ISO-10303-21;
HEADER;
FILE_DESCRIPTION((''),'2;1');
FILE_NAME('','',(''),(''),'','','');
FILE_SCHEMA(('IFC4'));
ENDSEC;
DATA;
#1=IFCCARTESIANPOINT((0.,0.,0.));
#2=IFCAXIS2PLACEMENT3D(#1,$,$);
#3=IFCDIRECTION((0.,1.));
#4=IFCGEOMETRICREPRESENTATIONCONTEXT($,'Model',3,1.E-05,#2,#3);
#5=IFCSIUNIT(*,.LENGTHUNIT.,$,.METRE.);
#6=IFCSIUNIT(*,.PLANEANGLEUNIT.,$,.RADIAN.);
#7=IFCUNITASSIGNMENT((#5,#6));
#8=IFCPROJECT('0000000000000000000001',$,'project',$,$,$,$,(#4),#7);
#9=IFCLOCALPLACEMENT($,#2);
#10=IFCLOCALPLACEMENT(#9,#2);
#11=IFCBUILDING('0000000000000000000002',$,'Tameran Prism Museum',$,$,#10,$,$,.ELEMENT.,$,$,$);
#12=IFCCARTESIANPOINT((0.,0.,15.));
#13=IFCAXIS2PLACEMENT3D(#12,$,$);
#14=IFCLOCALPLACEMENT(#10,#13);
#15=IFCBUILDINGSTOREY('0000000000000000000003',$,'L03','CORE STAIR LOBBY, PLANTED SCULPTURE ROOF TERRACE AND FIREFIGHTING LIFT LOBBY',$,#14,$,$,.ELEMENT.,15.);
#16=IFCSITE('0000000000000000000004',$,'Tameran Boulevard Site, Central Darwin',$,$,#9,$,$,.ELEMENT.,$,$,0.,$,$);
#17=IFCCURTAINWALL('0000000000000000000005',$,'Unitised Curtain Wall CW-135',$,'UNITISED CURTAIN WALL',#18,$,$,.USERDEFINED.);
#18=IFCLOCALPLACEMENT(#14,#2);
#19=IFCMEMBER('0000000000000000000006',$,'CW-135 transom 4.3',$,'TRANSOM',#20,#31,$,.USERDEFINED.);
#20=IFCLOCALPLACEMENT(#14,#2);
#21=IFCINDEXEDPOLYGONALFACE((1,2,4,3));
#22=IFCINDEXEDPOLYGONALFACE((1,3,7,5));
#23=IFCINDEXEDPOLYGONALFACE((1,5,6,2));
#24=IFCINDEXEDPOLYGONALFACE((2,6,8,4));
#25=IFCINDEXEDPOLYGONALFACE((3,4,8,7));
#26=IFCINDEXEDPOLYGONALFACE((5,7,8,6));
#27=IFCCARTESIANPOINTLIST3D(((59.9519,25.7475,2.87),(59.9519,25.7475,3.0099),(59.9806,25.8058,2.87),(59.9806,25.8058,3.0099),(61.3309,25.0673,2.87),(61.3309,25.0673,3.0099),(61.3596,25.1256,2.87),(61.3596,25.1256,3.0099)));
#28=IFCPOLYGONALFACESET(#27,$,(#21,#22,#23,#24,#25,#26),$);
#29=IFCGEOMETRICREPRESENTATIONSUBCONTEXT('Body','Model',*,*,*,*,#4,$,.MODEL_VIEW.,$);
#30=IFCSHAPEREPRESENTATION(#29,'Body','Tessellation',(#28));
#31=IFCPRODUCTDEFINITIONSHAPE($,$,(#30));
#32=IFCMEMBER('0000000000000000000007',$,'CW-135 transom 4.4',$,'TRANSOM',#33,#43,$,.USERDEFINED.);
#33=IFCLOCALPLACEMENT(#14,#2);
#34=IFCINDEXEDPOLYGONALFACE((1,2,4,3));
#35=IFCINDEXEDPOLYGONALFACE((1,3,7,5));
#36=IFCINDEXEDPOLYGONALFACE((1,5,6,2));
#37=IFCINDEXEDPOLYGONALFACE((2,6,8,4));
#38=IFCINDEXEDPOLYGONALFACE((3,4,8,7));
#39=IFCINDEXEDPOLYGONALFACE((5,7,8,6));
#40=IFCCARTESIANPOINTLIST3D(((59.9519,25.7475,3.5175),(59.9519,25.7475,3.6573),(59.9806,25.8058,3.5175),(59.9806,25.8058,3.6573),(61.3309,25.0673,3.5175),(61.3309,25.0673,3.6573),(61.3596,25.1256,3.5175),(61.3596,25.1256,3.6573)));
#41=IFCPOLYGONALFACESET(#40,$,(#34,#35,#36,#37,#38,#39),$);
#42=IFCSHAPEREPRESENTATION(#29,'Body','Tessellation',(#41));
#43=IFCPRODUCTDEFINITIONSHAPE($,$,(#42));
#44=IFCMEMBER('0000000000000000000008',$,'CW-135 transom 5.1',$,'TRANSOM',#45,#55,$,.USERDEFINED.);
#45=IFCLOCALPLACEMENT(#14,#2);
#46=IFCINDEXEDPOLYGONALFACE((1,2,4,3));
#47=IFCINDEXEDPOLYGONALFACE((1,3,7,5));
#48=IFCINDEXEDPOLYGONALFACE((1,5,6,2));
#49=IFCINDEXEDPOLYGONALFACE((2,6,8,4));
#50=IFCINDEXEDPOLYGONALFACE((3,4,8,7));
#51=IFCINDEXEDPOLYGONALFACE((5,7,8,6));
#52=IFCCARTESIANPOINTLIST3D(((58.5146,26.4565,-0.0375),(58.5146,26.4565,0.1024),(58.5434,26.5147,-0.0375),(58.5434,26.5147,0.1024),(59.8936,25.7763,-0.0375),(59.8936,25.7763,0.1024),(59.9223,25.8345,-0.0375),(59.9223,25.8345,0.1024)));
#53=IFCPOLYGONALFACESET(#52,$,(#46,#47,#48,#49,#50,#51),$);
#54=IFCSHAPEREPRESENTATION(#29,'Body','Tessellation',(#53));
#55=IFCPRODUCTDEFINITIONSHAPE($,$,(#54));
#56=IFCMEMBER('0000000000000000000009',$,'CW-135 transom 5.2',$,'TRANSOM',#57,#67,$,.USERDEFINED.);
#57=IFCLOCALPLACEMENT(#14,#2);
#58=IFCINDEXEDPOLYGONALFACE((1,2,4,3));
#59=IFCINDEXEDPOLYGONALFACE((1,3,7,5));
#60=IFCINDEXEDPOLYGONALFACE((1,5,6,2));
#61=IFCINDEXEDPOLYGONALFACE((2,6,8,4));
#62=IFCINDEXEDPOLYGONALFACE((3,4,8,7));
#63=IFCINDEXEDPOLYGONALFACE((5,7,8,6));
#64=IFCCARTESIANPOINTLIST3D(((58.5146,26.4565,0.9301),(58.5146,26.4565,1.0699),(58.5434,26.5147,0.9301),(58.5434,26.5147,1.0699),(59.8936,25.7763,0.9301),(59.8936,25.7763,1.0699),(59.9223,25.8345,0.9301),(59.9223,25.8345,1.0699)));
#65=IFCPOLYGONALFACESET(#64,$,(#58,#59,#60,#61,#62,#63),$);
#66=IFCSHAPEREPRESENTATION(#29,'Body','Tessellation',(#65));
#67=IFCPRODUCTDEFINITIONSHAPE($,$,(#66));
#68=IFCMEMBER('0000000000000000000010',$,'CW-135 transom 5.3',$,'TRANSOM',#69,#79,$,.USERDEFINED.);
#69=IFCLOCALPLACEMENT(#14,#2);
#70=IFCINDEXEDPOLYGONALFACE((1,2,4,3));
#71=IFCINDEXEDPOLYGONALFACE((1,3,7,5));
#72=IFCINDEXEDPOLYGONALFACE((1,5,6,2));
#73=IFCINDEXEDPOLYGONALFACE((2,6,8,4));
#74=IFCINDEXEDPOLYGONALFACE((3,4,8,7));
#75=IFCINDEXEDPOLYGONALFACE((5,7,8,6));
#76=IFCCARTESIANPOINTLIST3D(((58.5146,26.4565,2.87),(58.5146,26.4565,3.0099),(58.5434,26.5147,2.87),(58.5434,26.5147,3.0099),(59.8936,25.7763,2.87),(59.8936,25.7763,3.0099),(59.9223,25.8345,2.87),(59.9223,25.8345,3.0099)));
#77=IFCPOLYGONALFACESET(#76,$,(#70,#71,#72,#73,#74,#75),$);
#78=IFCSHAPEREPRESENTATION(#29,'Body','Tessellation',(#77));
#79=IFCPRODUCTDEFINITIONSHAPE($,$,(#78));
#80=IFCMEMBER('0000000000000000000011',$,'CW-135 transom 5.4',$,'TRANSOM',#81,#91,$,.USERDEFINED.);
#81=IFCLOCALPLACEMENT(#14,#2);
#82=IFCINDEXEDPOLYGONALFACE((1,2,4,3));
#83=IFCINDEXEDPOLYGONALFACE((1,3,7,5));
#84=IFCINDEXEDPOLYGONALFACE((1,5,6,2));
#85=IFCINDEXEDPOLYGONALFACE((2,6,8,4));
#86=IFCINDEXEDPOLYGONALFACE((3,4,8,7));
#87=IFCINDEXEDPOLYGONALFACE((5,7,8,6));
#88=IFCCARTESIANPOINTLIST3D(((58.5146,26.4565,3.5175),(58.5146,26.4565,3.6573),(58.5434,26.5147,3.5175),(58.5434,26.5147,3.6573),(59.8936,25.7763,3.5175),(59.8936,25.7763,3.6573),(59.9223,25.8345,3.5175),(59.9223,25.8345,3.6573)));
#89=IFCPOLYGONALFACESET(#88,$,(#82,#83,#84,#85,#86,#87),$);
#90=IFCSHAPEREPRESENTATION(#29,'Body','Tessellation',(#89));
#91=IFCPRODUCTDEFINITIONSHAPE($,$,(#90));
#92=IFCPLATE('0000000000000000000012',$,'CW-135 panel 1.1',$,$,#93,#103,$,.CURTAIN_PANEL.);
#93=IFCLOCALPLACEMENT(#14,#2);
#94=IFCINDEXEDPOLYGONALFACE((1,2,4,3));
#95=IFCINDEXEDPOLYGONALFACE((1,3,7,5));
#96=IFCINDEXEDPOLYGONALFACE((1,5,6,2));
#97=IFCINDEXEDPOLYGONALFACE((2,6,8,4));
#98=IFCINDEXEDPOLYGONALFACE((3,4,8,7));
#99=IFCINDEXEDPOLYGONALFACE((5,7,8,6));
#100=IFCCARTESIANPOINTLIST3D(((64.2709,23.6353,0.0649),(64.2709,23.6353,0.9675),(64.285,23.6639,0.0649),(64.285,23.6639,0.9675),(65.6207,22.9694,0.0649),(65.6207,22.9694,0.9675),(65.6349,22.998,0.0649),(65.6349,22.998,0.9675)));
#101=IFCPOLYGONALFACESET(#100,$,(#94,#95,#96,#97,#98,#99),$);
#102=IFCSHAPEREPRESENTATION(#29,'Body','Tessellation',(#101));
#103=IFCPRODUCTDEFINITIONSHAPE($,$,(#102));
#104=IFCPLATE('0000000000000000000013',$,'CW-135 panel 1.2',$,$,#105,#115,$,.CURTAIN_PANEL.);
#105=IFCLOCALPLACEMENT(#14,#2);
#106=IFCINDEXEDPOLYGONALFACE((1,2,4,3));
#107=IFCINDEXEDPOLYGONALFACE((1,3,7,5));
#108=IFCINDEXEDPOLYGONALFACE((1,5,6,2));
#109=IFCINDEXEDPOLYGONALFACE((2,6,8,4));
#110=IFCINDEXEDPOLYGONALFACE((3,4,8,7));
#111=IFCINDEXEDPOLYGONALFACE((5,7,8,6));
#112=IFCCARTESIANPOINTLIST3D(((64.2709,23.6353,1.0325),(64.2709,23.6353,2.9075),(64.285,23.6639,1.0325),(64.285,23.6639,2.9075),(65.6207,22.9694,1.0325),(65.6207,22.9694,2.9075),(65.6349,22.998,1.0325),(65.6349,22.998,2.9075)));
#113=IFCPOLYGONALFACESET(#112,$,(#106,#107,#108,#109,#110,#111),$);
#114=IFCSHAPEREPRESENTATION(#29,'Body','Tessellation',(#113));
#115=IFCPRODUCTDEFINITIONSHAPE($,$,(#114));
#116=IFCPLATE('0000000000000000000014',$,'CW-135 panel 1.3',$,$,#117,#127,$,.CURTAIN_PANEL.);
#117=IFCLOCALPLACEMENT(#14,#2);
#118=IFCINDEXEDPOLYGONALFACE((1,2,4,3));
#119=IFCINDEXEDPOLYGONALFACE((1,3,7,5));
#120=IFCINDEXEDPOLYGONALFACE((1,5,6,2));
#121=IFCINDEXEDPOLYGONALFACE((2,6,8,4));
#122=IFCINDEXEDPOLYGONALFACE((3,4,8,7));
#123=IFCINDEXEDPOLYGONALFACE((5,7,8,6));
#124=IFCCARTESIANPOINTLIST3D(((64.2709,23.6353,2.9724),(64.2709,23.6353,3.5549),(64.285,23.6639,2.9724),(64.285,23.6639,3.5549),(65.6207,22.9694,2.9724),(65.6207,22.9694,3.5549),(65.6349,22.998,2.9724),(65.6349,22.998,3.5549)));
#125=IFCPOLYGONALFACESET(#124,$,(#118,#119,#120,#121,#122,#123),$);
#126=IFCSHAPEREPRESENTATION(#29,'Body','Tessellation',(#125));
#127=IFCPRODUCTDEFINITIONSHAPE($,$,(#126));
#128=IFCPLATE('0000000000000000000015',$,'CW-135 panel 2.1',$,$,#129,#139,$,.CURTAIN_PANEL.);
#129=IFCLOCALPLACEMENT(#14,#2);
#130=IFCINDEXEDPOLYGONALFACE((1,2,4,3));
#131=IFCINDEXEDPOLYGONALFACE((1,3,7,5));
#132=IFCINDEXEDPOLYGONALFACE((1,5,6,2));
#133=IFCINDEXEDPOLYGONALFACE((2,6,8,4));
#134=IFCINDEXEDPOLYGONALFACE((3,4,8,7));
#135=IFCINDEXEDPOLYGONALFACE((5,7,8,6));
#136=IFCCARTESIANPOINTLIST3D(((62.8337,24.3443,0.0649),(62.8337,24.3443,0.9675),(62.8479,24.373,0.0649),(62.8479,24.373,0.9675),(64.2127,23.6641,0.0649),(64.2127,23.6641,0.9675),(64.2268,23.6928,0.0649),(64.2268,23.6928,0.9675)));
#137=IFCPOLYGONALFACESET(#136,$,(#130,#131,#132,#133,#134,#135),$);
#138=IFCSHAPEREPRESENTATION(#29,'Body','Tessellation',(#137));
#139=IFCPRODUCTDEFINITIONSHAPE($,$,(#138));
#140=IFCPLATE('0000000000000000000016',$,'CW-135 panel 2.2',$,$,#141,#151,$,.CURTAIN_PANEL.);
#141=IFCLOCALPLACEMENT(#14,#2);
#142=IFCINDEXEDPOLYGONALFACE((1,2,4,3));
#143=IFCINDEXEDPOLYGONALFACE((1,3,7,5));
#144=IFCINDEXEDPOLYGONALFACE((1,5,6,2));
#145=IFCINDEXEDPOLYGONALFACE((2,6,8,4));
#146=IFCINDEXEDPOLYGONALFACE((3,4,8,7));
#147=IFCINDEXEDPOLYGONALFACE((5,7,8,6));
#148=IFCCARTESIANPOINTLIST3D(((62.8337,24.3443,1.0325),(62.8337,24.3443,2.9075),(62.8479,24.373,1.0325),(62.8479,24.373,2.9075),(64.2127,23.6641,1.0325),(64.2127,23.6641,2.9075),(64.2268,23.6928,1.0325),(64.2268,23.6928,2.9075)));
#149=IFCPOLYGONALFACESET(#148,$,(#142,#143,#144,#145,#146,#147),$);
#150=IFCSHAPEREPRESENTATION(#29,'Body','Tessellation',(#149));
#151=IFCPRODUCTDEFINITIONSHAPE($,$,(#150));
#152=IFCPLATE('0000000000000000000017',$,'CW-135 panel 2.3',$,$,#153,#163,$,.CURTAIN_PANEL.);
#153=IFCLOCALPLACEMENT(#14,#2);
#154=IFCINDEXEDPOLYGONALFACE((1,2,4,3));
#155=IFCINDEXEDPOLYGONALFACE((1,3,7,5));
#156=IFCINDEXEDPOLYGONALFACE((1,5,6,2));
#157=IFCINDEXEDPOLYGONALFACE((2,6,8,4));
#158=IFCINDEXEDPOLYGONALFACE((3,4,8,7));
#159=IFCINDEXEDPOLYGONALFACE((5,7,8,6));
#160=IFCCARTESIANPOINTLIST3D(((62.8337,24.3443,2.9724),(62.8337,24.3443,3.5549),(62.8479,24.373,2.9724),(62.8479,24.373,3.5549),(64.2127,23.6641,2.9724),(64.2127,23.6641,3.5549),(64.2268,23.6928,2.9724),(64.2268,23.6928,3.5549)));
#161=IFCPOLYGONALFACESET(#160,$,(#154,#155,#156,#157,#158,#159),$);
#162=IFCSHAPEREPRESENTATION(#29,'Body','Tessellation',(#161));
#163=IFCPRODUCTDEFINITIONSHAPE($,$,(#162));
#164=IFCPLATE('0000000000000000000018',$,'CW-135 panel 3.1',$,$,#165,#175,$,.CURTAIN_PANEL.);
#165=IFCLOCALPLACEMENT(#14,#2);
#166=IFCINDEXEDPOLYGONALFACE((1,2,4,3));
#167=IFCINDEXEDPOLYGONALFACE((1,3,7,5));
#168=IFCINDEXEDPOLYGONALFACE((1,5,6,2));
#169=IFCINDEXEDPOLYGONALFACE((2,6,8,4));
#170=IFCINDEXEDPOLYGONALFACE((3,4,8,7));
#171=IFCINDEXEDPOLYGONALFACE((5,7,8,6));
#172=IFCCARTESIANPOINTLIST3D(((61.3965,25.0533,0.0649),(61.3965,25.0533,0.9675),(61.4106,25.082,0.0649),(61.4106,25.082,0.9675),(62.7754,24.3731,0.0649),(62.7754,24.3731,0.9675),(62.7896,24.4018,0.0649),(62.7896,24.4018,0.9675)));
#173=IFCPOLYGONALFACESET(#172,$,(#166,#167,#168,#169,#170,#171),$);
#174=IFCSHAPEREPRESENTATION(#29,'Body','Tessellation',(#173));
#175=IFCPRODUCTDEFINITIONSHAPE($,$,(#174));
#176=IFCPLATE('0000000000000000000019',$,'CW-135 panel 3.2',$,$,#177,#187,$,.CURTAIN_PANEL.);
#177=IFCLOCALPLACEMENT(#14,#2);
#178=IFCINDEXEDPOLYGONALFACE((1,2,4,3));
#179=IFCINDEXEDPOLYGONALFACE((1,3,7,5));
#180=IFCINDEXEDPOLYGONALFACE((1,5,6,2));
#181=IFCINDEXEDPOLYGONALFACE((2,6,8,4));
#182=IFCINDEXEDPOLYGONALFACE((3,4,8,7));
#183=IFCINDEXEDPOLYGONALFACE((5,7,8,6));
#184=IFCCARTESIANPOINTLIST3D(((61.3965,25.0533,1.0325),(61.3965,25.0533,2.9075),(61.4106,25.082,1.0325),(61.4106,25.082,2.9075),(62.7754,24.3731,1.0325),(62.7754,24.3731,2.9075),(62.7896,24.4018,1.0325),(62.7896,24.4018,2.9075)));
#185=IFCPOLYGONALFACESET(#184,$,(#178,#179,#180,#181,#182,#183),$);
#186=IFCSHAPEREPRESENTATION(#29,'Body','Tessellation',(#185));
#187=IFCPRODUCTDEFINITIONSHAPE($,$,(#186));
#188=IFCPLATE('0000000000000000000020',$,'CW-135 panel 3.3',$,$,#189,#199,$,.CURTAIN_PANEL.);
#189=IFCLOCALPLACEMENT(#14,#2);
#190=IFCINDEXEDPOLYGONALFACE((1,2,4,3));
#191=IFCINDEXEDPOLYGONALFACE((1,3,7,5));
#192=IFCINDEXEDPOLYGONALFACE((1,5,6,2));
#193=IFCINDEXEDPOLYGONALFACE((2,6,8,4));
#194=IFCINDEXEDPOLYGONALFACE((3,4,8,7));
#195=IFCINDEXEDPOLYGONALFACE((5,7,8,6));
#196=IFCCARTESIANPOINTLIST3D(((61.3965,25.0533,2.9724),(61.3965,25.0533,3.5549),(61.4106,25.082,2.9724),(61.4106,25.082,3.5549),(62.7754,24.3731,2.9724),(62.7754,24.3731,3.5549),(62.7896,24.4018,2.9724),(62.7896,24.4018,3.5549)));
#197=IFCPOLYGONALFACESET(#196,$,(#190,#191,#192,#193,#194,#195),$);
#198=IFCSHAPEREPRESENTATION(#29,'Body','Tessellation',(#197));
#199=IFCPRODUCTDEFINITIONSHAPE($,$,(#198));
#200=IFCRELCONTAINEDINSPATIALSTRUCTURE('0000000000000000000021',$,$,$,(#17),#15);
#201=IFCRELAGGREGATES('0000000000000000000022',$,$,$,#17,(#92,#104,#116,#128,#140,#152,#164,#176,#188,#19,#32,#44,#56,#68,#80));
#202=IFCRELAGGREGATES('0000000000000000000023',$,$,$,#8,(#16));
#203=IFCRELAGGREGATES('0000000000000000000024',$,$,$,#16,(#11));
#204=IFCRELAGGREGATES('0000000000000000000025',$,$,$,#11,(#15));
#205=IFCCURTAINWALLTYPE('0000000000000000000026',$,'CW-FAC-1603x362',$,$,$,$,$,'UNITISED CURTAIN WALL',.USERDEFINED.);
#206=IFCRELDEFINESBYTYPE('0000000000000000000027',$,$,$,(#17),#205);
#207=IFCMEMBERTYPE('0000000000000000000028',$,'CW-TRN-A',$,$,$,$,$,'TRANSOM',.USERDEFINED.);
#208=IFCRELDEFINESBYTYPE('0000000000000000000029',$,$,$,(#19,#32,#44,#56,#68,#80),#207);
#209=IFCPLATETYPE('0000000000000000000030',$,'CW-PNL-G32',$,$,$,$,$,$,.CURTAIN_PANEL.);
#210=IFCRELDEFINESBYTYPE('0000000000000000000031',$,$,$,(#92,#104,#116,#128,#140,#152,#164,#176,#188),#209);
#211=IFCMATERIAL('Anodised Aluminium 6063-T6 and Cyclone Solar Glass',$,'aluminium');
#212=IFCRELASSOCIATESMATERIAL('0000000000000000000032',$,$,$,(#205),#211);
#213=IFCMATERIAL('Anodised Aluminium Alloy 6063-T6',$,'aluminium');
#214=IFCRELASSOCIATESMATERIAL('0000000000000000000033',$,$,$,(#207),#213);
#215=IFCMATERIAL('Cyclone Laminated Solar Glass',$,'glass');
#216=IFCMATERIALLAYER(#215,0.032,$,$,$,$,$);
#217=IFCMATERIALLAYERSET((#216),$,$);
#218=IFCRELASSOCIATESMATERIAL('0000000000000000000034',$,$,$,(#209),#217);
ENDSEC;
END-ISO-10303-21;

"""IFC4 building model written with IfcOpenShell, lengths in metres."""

from ifc_helpers import new_model, si_unit, direction, frame, origin, origin_2d, place, context, subcontext, project, spatial, rectangle, extrude, material, layer, layer_set, material_profile, profile_set, type_object, element, aggregate, save


model = new_model("IFC4")

# Units and contexts
model_context = context("Model", 3, precision=1e-05, world=origin(), true_north=direction((0.0, 1.0)))
body_context = subcontext(model_context, "Body", "Model", "MODEL_VIEW")
ifc_project = project(units=[si_unit("LENGTHUNIT", "METRE"), si_unit("PLANEANGLEUNIT", "RADIAN")], contexts=[model_context])

# Site, building, storey
site_placement = place(None, origin())
site = spatial("IfcSite", under=ifc_project, at=site_placement, Name="Tameran Boulevard Site, Central Darwin", CompositionType="ELEMENT", RefElevation=0.0)
building_placement = place(site_placement, origin())
building = spatial("IfcBuilding", under=site, at=building_placement, Name="Tameran Prism Museum", CompositionType="ELEMENT")
storey_placement = place(building_placement, frame((0.0, 0.0, 15.0)))
storey = spatial("IfcBuildingStorey", under=building, at=storey_placement, Name="L03", Description="CORE STAIR LOBBY, PLANTED SCULPTURE ROOF TERRACE AND FIREFIGHTING LIFT LOBBY", CompositionType="ELEMENT", Elevation=15.0)

# Curtain wall, members, plates
ifc_material_1 = material(Name="Anodised Aluminium 6063-T6 and Cyclone Solar Glass", Category="aluminium")
curtain_wall_type = type_object("IfcCurtainWallType", Name="CW-FAC-1603x362", ElementType="UNITISED CURTAIN WALL", PredefinedType="USERDEFINED", material=ifc_material_1)
curtain_wall_placement = place(storey_placement, origin())
curtain_wall = element("IfcCurtainWall", 1, at=curtain_wall_placement, inside=storey, type_object=curtain_wall_type, Name="Unitised Curtain Wall CW-135", ObjectType="UNITISED CURTAIN WALL", PredefinedType="USERDEFINED")
ifc_material_2 = material(Name="Anodised Aluminium Alloy 6063-T6", Category="aluminium")
ifc_material_profile_1 = material_profile(ifc_material_2, rectangle(XDim=0.0649, YDim=0.1399, at=origin_2d()))
ifc_profile_set_1 = profile_set([ifc_material_profile_1])
member_type_1 = type_object("IfcMemberType", Name="CW-TRN-A", ElementType="TRANSOM", PredefinedType="USERDEFINED", material=ifc_profile_set_1)
member_1_placement = place(storey_placement, frame((61.3452, 25.0964, 2.9399), z_axis=(-0.896828, 0.44238, 0.0), x_axis=(-0.44238, -0.896828, 0.0)))
member_1 = element("IfcMember", 2, at=member_1_placement, type_object=member_type_1, Name="CW-135 transom 4.3", ObjectType="TRANSOM", PredefinedType="USERDEFINED", context=body_context, shape_type="SweptSolid", body=[
    extrude(rectangle(XDim=0.0649, YDim=0.1399, at=origin_2d()), origin(), (0.0, 0.0, 1.0), 1.5376),
])
member_2_placement = place(storey_placement, frame((61.3452, 25.0964, 3.5874), z_axis=(-0.896828, 0.44238, 0.0), x_axis=(-0.44238, -0.896828, 0.0)))
member_2 = element("IfcMember", 3, at=member_2_placement, type_object=member_type_1, Name="CW-135 transom 4.4", ObjectType="TRANSOM", PredefinedType="USERDEFINED", context=body_context, shape_type="SweptSolid", body=[
    extrude(rectangle(XDim=0.0649, YDim=0.1399, at=origin_2d()), origin(), (0.0, 0.0, 1.0), 1.5376),
])
member_3_placement = place(storey_placement, frame((59.908, 25.8054, 0.0325), z_axis=(-0.896828, 0.44238, 0.0), x_axis=(-0.44238, -0.896828, 0.0)))
member_3 = element("IfcMember", 4, at=member_3_placement, type_object=member_type_1, Name="CW-135 transom 5.1", ObjectType="TRANSOM", PredefinedType="USERDEFINED", context=body_context, shape_type="SweptSolid", body=[
    extrude(rectangle(XDim=0.0649, YDim=0.1399, at=origin_2d()), origin(), (0.0, 0.0, 1.0), 1.5376),
])
member_4_placement = place(storey_placement, frame((59.908, 25.8054, 1.0), z_axis=(-0.896828, 0.44238, 0.0), x_axis=(-0.44238, -0.896828, 0.0)))
member_4 = element("IfcMember", 5, at=member_4_placement, type_object=member_type_1, Name="CW-135 transom 5.2", ObjectType="TRANSOM", PredefinedType="USERDEFINED", context=body_context, shape_type="SweptSolid", body=[
    extrude(rectangle(XDim=0.0649, YDim=0.1399, at=origin_2d()), origin(), (0.0, 0.0, 1.0), 1.5376),
])
member_5_placement = place(storey_placement, frame((59.908, 25.8054, 2.9399), z_axis=(-0.896828, 0.44238, 0.0), x_axis=(-0.44238, -0.896828, 0.0)))
member_5 = element("IfcMember", 6, at=member_5_placement, type_object=member_type_1, Name="CW-135 transom 5.3", ObjectType="TRANSOM", PredefinedType="USERDEFINED", context=body_context, shape_type="SweptSolid", body=[
    extrude(rectangle(XDim=0.0649, YDim=0.1399, at=origin_2d()), origin(), (0.0, 0.0, 1.0), 1.5376),
])
member_6_placement = place(storey_placement, frame((59.908, 25.8054, 3.5874), z_axis=(-0.896828, 0.44238, 0.0), x_axis=(-0.44238, -0.896828, 0.0)))
member_6 = element("IfcMember", 7, at=member_6_placement, type_object=member_type_1, Name="CW-135 transom 5.4", ObjectType="TRANSOM", PredefinedType="USERDEFINED", context=body_context, shape_type="SweptSolid", body=[
    extrude(rectangle(XDim=0.0649, YDim=0.1399, at=origin_2d()), origin(), (0.0, 0.0, 1.0), 1.5376),
])
ifc_material_3 = material(Name="Cyclone Laminated Solar Glass", Category="glass")
ifc_layer = layer(ifc_material_3, 0.032)
ifc_layer_set = layer_set([ifc_layer])
plate_type = type_object("IfcPlateType", Name="CW-PNL-G32", PredefinedType="CURTAIN_PANEL", material=ifc_layer_set)
plate_1_placement = place(storey_placement, frame((64.9529, 23.3167, 0.0649), z_axis=(0.0, 0.0, 1.0), x_axis=(-0.896811, 0.442415, 0.0)))
plate_1 = element("IfcPlate", 8, at=plate_1_placement, type_object=plate_type, Name="CW-135 panel 1.1", PredefinedType="CURTAIN_PANEL", context=body_context, shape_type="SweptSolid", body=[
    extrude(rectangle(XDim=1.5051, YDim=0.032, at=origin_2d()), origin(), (0.0, 0.0, 1.0), 0.9026),
])
plate_2_placement = place(storey_placement, frame((64.9529, 23.3167, 1.0325), z_axis=(0.0, 0.0, 1.0), x_axis=(-0.896811, 0.442415, 0.0)))
plate_2 = element("IfcPlate", 9, at=plate_2_placement, type_object=plate_type, Name="CW-135 panel 1.2", PredefinedType="CURTAIN_PANEL", context=body_context, shape_type="SweptSolid", body=[
    extrude(rectangle(XDim=1.5051, YDim=0.032, at=origin_2d()), origin(), (0.0, 0.0, 1.0), 1.875),
])
plate_3_placement = place(storey_placement, frame((64.9529, 23.3167, 2.9724), z_axis=(0.0, 0.0, 1.0), x_axis=(-0.896811, 0.442415, 0.0)))
plate_3 = element("IfcPlate", 10, at=plate_3_placement, type_object=plate_type, Name="CW-135 panel 1.3", PredefinedType="CURTAIN_PANEL", context=body_context, shape_type="SweptSolid", body=[
    extrude(rectangle(XDim=1.5051, YDim=0.032, at=origin_2d()), origin(), (0.0, 0.0, 1.0), 0.5825),
])
plate_4_placement = place(storey_placement, frame((63.5303, 24.0186, 0.0649), z_axis=(0.0, 0.0, 1.0), x_axis=(-0.896811, 0.442415, 0.0)))
plate_4 = element("IfcPlate", 11, at=plate_4_placement, type_object=plate_type, Name="CW-135 panel 2.1", PredefinedType="CURTAIN_PANEL", context=body_context, shape_type="SweptSolid", body=[
    extrude(rectangle(XDim=1.5376, YDim=0.032, at=origin_2d()), origin(), (0.0, 0.0, 1.0), 0.9026),
])
plate_5_placement = place(storey_placement, frame((63.5303, 24.0186, 1.0325), z_axis=(0.0, 0.0, 1.0), x_axis=(-0.896811, 0.442415, 0.0)))
plate_5 = element("IfcPlate", 12, at=plate_5_placement, type_object=plate_type, Name="CW-135 panel 2.2", PredefinedType="CURTAIN_PANEL", context=body_context, shape_type="SweptSolid", body=[
    extrude(rectangle(XDim=1.5376, YDim=0.032, at=origin_2d()), origin(), (0.0, 0.0, 1.0), 1.875),
])
plate_6_placement = place(storey_placement, frame((63.5303, 24.0186, 2.9724), z_axis=(0.0, 0.0, 1.0), x_axis=(-0.896811, 0.442415, 0.0)))
plate_6 = element("IfcPlate", 13, at=plate_6_placement, type_object=plate_type, Name="CW-135 panel 2.3", PredefinedType="CURTAIN_PANEL", context=body_context, shape_type="SweptSolid", body=[
    extrude(rectangle(XDim=1.5376, YDim=0.032, at=origin_2d()), origin(), (0.0, 0.0, 1.0), 0.5825),
])
plate_7_placement = place(storey_placement, frame((62.093, 24.7275, 0.0649), z_axis=(0.0, 0.0, 1.0), x_axis=(-0.896811, 0.442415, 0.0)))
plate_7 = element("IfcPlate", 14, at=plate_7_placement, type_object=plate_type, Name="CW-135 panel 3.1", PredefinedType="CURTAIN_PANEL", context=body_context, shape_type="SweptSolid", body=[
    extrude(rectangle(XDim=1.5376, YDim=0.032, at=origin_2d()), origin(), (0.0, 0.0, 1.0), 0.9026),
])
plate_8_placement = place(storey_placement, frame((62.093, 24.7275, 1.0325), z_axis=(0.0, 0.0, 1.0), x_axis=(-0.896811, 0.442415, 0.0)))
plate_8 = element("IfcPlate", 15, at=plate_8_placement, type_object=plate_type, Name="CW-135 panel 3.2", PredefinedType="CURTAIN_PANEL", context=body_context, shape_type="SweptSolid", body=[
    extrude(rectangle(XDim=1.5376, YDim=0.032, at=origin_2d()), origin(), (0.0, 0.0, 1.0), 1.875),
])
plate_9_placement = place(storey_placement, frame((62.093, 24.7275, 2.9724), z_axis=(0.0, 0.0, 1.0), x_axis=(-0.896811, 0.442415, 0.0)))
plate_9 = element("IfcPlate", 16, at=plate_9_placement, type_object=plate_type, Name="CW-135 panel 3.3", PredefinedType="CURTAIN_PANEL", context=body_context, shape_type="SweptSolid", body=[
    extrude(rectangle(XDim=1.5376, YDim=0.032, at=origin_2d()), origin(), (0.0, 0.0, 1.0), 0.5825),
])
aggregate(curtain_wall, [plate_1, plate_2, plate_3, plate_4, plate_5, plate_6, plate_7, plate_8, plate_9, member_1, member_2, member_3, member_4, member_5, member_6])

save(model, "model.ifc")
